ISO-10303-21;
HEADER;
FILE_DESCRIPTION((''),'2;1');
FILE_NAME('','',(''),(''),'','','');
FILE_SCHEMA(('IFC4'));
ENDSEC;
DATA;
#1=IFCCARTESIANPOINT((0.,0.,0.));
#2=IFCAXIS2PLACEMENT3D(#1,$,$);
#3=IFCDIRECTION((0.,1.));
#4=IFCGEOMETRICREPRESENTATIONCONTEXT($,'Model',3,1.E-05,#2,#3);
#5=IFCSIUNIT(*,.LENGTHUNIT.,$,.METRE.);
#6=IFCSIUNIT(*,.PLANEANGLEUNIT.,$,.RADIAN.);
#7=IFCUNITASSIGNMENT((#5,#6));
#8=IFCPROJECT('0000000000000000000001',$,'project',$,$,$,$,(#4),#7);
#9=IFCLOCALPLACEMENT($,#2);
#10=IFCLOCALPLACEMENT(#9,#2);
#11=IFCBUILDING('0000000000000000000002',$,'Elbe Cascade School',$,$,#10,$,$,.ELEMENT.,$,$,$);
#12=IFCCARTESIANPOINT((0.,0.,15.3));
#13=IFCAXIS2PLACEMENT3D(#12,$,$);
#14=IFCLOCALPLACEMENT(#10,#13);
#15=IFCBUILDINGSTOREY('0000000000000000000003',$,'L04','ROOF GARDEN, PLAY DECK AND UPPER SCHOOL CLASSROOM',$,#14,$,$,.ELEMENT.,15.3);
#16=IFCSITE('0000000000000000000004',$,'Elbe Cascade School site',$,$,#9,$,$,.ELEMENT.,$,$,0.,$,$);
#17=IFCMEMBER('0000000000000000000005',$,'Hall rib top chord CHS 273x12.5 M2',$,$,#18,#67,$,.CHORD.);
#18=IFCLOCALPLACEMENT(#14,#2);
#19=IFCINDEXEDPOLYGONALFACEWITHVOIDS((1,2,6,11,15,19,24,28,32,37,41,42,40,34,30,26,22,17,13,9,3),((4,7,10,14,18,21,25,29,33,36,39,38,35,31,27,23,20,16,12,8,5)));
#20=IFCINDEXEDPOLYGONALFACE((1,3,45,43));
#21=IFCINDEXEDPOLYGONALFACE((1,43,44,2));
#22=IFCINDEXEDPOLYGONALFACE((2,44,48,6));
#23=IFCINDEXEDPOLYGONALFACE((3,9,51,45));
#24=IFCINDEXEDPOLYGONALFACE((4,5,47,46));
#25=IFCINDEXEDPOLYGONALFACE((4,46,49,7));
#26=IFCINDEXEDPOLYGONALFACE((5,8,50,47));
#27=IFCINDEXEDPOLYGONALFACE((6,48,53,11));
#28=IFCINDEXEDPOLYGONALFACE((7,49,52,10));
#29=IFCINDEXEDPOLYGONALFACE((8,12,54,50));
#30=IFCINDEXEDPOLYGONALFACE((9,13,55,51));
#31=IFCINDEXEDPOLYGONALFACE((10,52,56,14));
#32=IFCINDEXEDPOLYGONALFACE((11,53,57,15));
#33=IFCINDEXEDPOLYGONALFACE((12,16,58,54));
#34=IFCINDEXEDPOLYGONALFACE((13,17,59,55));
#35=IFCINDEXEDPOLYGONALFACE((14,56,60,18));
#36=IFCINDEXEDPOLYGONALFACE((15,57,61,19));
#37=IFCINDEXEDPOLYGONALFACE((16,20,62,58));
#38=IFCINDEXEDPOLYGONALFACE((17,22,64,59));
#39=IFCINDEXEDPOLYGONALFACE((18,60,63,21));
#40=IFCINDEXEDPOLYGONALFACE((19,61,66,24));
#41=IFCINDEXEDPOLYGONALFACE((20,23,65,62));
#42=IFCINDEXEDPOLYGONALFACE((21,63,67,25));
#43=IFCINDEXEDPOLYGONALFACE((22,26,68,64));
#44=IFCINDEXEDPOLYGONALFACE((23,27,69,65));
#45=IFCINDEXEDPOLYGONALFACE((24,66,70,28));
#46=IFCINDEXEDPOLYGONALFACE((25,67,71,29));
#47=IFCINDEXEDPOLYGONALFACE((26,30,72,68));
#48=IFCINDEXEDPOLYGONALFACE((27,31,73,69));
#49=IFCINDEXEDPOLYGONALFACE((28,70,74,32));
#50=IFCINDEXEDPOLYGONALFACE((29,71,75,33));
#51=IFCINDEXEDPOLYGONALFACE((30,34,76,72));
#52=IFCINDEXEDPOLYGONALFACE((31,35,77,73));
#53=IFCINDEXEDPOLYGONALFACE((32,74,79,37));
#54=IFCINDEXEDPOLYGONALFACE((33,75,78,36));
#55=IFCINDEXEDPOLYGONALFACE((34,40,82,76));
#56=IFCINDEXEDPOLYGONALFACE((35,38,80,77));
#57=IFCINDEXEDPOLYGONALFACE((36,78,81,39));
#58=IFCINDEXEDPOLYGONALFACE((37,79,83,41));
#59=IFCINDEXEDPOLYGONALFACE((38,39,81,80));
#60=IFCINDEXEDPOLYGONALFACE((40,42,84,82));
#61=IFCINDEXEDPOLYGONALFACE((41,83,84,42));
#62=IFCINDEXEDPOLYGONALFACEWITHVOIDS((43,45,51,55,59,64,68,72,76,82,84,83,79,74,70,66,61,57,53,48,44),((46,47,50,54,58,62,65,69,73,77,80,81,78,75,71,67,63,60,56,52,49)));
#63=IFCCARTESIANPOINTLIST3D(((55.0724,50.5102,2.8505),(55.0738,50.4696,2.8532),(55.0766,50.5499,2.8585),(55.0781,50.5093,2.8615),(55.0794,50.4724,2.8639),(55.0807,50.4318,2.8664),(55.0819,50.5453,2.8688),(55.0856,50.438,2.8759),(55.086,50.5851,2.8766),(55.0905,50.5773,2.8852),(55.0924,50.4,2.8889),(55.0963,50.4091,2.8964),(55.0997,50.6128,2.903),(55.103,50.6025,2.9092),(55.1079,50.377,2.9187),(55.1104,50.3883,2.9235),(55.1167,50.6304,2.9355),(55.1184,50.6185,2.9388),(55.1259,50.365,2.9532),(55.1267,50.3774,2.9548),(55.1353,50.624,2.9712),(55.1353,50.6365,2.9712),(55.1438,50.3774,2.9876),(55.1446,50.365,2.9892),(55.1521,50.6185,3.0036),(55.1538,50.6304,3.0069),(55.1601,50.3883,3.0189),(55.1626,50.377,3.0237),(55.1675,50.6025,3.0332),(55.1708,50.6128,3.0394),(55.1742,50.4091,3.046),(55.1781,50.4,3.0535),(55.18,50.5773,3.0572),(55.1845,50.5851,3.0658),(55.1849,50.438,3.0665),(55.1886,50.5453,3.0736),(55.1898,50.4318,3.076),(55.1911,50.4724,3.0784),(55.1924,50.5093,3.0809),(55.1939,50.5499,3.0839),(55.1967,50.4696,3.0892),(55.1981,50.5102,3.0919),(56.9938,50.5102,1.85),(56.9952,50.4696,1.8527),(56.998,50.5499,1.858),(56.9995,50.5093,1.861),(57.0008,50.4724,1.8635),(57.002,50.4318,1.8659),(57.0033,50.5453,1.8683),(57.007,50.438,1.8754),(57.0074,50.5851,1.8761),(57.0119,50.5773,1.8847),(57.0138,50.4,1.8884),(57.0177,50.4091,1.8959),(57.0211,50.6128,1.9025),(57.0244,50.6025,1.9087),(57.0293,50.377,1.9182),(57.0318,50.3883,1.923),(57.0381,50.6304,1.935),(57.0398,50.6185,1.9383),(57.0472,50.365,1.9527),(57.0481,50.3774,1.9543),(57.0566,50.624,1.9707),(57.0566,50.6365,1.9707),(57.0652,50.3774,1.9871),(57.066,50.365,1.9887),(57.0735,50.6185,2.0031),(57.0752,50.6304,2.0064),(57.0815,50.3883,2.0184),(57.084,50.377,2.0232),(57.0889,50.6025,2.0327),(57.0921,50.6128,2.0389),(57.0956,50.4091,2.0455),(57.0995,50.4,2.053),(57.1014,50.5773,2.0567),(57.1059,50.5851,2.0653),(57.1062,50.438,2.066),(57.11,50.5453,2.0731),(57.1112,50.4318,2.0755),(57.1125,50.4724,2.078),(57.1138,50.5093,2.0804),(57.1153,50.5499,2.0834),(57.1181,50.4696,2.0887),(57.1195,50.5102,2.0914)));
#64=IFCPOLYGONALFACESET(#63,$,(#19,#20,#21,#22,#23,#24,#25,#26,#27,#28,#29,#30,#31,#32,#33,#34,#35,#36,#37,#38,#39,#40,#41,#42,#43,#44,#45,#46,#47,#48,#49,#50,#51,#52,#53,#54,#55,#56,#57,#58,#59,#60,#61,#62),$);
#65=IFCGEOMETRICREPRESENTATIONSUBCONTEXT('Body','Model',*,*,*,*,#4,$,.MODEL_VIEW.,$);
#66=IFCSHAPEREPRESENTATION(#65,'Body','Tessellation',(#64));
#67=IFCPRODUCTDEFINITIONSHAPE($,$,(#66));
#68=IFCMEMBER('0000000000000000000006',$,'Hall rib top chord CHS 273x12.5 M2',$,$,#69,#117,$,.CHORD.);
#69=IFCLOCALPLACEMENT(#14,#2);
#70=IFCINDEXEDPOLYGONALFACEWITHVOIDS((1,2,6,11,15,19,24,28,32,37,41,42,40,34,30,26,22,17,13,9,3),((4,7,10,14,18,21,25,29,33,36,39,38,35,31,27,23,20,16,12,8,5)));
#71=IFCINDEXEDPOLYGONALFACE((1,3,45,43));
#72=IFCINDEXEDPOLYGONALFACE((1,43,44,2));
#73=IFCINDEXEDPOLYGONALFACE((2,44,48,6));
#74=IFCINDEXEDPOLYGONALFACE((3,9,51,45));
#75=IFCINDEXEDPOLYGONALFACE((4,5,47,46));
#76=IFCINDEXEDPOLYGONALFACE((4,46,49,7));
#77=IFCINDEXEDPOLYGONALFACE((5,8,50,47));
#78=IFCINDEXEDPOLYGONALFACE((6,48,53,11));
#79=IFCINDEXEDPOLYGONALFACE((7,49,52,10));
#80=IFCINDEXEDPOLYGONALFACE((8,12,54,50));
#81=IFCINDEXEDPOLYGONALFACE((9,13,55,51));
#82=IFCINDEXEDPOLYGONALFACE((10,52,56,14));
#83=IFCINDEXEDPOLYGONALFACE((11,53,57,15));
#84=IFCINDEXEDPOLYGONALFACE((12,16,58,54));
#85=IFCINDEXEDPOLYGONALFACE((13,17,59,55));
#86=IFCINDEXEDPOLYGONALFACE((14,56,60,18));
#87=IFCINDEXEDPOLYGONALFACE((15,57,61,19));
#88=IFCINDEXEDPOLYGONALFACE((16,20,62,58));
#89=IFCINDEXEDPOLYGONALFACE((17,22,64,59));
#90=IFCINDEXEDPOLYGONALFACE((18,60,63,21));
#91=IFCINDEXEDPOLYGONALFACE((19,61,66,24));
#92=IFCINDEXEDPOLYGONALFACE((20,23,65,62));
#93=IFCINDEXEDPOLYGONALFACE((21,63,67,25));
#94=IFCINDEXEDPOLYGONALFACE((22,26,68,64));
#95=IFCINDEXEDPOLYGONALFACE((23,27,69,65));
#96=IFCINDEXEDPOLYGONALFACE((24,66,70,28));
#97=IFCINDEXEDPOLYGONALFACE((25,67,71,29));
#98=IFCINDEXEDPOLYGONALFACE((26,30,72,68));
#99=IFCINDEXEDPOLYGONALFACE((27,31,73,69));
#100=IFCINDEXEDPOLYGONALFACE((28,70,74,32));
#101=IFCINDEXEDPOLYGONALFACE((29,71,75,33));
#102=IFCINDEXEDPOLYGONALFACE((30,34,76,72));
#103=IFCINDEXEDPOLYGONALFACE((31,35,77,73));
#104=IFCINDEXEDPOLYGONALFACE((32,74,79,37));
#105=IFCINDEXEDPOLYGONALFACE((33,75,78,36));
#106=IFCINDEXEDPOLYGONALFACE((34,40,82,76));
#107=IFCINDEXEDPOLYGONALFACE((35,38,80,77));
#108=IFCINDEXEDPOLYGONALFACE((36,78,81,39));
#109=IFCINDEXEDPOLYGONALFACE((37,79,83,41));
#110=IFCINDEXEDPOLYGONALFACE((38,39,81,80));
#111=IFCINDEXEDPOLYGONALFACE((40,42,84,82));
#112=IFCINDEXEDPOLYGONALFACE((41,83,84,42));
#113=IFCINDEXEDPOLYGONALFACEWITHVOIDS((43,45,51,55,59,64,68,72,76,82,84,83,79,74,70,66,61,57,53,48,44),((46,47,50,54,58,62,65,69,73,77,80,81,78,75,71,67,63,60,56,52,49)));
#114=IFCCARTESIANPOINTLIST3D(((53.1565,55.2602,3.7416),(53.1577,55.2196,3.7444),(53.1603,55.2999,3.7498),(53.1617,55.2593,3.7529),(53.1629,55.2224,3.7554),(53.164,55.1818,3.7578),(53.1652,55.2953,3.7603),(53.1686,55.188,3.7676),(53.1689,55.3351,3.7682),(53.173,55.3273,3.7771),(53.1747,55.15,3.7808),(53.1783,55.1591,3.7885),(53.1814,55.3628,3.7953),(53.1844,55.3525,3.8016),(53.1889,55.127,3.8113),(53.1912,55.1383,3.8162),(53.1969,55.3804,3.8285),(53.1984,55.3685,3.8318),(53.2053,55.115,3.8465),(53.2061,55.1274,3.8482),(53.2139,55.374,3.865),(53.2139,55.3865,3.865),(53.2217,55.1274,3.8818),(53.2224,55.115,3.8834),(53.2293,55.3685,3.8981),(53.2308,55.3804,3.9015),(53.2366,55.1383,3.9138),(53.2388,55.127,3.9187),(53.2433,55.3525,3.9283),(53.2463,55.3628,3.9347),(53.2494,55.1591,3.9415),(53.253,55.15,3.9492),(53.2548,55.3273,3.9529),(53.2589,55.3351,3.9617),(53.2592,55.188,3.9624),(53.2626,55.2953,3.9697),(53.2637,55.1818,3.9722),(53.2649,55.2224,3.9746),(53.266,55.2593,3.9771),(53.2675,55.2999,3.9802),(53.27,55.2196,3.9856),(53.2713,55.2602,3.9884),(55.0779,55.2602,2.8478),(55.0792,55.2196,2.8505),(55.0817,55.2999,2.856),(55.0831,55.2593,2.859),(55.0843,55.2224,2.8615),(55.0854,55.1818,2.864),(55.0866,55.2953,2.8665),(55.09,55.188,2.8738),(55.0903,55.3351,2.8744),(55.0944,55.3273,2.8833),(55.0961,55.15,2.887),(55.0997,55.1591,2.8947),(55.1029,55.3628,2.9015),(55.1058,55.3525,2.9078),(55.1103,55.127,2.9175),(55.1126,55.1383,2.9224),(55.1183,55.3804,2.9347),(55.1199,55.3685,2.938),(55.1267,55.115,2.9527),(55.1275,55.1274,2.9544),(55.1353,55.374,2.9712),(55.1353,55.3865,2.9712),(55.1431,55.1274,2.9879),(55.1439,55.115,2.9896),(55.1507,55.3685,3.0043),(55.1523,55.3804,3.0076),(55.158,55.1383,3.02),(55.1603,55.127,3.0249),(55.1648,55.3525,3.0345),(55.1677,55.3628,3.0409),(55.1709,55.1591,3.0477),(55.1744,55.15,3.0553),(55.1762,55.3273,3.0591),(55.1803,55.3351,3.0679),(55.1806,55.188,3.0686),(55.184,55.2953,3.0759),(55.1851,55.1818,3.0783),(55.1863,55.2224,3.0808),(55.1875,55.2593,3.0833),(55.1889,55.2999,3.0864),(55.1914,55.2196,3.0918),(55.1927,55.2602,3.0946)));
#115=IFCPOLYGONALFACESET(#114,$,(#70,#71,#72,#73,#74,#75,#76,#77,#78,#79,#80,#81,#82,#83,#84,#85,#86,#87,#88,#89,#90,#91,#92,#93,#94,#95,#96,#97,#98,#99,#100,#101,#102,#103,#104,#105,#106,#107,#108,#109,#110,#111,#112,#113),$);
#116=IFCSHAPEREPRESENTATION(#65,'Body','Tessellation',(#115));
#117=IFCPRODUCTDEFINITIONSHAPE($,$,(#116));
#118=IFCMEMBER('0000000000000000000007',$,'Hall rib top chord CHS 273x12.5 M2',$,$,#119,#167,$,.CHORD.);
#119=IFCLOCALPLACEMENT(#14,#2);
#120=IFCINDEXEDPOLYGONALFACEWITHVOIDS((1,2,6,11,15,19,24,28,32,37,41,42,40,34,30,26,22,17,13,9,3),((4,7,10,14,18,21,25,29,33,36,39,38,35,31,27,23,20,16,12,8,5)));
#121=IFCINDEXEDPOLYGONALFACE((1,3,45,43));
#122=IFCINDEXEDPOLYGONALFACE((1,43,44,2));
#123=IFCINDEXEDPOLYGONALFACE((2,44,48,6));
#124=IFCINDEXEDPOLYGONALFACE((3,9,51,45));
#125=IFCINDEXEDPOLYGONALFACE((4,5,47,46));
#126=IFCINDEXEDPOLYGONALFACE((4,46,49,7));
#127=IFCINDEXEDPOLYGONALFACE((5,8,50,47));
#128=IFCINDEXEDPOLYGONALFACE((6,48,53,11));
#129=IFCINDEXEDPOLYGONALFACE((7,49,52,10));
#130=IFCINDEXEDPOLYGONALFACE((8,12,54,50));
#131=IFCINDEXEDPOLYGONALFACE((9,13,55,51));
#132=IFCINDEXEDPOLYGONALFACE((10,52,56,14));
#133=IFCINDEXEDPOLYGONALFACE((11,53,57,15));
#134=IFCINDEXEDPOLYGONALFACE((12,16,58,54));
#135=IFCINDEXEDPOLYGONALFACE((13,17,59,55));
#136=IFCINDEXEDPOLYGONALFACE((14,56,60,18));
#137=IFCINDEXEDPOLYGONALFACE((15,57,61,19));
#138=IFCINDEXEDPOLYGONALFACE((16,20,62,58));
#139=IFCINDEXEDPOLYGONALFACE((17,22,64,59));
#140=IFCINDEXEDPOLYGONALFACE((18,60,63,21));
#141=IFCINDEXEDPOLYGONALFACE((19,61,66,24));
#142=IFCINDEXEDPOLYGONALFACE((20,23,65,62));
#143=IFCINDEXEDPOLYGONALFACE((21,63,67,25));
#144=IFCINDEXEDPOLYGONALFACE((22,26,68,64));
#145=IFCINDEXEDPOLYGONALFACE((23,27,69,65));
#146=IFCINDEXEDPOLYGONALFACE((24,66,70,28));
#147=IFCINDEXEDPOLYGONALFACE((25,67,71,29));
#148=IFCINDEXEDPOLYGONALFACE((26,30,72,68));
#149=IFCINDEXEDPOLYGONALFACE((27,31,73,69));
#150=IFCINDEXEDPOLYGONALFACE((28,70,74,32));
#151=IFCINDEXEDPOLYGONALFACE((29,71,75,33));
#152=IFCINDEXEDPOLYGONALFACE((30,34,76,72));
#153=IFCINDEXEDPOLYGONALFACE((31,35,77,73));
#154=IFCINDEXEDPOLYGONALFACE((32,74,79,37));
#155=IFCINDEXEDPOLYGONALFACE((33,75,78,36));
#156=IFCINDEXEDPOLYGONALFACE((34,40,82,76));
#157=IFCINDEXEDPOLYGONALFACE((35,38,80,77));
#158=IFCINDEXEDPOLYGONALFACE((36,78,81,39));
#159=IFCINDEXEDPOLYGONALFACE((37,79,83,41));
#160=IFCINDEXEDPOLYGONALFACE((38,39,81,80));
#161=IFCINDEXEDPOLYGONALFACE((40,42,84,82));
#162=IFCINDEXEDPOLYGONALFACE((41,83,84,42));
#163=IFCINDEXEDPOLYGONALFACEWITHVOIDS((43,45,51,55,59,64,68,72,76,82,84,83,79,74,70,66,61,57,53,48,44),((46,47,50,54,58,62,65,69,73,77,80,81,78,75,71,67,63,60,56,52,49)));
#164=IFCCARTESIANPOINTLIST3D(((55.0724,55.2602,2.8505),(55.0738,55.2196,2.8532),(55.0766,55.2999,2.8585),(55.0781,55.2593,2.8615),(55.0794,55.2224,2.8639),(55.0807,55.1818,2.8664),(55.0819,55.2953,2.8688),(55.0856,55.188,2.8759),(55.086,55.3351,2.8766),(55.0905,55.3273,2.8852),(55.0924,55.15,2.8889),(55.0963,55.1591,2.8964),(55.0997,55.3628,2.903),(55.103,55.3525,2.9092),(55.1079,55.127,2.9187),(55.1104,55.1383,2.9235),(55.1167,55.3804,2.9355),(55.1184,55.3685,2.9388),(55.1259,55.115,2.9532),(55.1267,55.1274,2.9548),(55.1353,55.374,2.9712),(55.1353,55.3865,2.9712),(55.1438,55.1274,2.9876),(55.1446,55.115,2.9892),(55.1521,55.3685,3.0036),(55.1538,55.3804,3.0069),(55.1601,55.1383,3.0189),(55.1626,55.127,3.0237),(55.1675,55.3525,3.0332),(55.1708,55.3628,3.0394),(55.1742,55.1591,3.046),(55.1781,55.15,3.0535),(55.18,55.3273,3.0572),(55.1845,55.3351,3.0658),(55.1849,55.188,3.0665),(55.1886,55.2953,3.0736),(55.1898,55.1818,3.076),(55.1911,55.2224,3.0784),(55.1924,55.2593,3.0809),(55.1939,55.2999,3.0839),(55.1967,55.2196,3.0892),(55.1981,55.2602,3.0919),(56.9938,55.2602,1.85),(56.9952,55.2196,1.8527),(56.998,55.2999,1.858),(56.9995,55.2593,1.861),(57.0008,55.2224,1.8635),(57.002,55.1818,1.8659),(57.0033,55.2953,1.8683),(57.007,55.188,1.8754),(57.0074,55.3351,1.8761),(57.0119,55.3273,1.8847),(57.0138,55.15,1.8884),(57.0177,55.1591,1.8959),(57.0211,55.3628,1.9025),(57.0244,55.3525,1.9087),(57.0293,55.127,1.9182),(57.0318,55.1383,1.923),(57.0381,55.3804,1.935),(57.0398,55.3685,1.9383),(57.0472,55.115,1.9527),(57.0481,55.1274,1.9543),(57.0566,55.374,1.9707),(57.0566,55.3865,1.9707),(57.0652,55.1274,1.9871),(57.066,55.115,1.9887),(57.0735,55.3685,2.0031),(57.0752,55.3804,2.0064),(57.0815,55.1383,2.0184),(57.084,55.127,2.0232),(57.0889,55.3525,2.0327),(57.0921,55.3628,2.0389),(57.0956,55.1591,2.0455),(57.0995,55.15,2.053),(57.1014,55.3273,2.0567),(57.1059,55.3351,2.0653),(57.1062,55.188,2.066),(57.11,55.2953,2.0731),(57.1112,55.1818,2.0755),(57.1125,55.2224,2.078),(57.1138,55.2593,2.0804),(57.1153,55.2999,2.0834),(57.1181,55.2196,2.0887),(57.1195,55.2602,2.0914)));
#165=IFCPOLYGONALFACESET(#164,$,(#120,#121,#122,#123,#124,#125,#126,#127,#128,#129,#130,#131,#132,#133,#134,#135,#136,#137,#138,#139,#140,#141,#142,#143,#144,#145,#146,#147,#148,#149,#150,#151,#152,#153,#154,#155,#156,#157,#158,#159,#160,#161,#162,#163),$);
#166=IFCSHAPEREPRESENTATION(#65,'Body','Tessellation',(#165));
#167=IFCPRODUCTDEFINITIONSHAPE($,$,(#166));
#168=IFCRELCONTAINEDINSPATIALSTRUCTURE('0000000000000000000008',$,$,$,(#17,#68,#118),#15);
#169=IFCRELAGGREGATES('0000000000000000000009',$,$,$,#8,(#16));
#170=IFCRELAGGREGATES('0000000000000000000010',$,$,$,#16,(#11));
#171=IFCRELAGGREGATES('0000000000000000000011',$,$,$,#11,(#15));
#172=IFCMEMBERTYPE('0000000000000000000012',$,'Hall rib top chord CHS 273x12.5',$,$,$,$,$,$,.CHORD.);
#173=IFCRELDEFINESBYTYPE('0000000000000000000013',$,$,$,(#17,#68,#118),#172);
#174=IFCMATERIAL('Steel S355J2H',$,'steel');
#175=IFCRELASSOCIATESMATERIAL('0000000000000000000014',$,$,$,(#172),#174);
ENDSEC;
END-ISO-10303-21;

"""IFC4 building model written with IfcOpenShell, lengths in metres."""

from ifc_helpers import new_model, si_unit, direction, frame, origin, origin_2d, place, context, subcontext, project, spatial, hollow_circle, extrude, material, material_profile, profile_set, type_object, element, save


model = new_model("IFC4")

# Units and contexts
model_context = context("Model", 3, precision=1e-05, world=origin(), true_north=direction((0.0, 1.0)))
body_context = subcontext(model_context, "Body", "Model", "MODEL_VIEW")
ifc_project = project(units=[si_unit("LENGTHUNIT", "METRE"), si_unit("PLANEANGLEUNIT", "RADIAN")], contexts=[model_context])

# Site, building, storey
site_placement = place(None, origin())
site = spatial("IfcSite", under=ifc_project, at=site_placement, Name="Elbe Cascade School site", CompositionType="ELEMENT", RefElevation=0.0)
building_placement = place(site_placement, origin())
building = spatial("IfcBuilding", under=site, at=building_placement, Name="Elbe Cascade School", CompositionType="ELEMENT")
storey_placement = place(building_placement, frame((0.0, 0.0, 15.3)))
storey = spatial("IfcBuildingStorey", under=building, at=storey_placement, Name="L04", Description="ROOF GARDEN, PLAY DECK AND UPPER SCHOOL CLASSROOM", CompositionType="ELEMENT", Elevation=15.3)

# Members
ifc_material_1 = material(Name="Steel S355J2H", Category="steel")
ifc_material_profile_1 = material_profile(ifc_material_1, hollow_circle(Radius=0.1365, WallThickness=0.0125, at=origin_2d()), Name="CHS 273x12.5")
ifc_profile_set_1 = profile_set([ifc_material_profile_1], Name="Steel S355J2H")
member_type_1 = type_object("IfcMemberType", Name="Hall rib top chord CHS 273x12.5", PredefinedType="CHORD", material=ifc_profile_set_1)
member_1_placement = place(storey_placement, frame((55.1353, 50.5, 2.9712), z_axis=(0.886958, 0.0, -0.461849), x_axis=(0.0, 1.0, 0.0)))
element("IfcMember", 1, at=member_1_placement, inside=storey, type_object=member_type_1, Name="Hall rib top chord CHS 273x12.5 M2", PredefinedType="CHORD", context=body_context, shape_type="SweptSolid", body=[
    extrude(hollow_circle(Radius=0.1365, WallThickness=0.0125, at=origin_2d()), origin(), (0.0, 0.0, 1.0), 2.1663),
])
member_2_placement = place(storey_placement, frame((53.2139, 55.25, 3.865), z_axis=(0.906698, 0.0, -0.421781), x_axis=(0.0, 1.0, 0.0)))
element("IfcMember", 2, at=member_2_placement, inside=storey, type_object=member_type_1, Name="Hall rib top chord CHS 273x12.5 M2", PredefinedType="CHORD", context=body_context, shape_type="SweptSolid", body=[
    extrude(hollow_circle(Radius=0.1365, WallThickness=0.0125, at=origin_2d()), origin(), (0.0, 0.0, 1.0), 2.1191),
])
member_3_placement = place(storey_placement, frame((55.1353, 55.25, 2.9712), z_axis=(0.886958, 0.0, -0.461849), x_axis=(0.0, 1.0, 0.0)))
element("IfcMember", 3, at=member_3_placement, inside=storey, type_object=member_type_1, Name="Hall rib top chord CHS 273x12.5 M2", PredefinedType="CHORD", context=body_context, shape_type="SweptSolid", body=[
    extrude(hollow_circle(Radius=0.1365, WallThickness=0.0125, at=origin_2d()), origin(), (0.0, 0.0, 1.0), 2.1663),
])

save(model, "model.ifc")
